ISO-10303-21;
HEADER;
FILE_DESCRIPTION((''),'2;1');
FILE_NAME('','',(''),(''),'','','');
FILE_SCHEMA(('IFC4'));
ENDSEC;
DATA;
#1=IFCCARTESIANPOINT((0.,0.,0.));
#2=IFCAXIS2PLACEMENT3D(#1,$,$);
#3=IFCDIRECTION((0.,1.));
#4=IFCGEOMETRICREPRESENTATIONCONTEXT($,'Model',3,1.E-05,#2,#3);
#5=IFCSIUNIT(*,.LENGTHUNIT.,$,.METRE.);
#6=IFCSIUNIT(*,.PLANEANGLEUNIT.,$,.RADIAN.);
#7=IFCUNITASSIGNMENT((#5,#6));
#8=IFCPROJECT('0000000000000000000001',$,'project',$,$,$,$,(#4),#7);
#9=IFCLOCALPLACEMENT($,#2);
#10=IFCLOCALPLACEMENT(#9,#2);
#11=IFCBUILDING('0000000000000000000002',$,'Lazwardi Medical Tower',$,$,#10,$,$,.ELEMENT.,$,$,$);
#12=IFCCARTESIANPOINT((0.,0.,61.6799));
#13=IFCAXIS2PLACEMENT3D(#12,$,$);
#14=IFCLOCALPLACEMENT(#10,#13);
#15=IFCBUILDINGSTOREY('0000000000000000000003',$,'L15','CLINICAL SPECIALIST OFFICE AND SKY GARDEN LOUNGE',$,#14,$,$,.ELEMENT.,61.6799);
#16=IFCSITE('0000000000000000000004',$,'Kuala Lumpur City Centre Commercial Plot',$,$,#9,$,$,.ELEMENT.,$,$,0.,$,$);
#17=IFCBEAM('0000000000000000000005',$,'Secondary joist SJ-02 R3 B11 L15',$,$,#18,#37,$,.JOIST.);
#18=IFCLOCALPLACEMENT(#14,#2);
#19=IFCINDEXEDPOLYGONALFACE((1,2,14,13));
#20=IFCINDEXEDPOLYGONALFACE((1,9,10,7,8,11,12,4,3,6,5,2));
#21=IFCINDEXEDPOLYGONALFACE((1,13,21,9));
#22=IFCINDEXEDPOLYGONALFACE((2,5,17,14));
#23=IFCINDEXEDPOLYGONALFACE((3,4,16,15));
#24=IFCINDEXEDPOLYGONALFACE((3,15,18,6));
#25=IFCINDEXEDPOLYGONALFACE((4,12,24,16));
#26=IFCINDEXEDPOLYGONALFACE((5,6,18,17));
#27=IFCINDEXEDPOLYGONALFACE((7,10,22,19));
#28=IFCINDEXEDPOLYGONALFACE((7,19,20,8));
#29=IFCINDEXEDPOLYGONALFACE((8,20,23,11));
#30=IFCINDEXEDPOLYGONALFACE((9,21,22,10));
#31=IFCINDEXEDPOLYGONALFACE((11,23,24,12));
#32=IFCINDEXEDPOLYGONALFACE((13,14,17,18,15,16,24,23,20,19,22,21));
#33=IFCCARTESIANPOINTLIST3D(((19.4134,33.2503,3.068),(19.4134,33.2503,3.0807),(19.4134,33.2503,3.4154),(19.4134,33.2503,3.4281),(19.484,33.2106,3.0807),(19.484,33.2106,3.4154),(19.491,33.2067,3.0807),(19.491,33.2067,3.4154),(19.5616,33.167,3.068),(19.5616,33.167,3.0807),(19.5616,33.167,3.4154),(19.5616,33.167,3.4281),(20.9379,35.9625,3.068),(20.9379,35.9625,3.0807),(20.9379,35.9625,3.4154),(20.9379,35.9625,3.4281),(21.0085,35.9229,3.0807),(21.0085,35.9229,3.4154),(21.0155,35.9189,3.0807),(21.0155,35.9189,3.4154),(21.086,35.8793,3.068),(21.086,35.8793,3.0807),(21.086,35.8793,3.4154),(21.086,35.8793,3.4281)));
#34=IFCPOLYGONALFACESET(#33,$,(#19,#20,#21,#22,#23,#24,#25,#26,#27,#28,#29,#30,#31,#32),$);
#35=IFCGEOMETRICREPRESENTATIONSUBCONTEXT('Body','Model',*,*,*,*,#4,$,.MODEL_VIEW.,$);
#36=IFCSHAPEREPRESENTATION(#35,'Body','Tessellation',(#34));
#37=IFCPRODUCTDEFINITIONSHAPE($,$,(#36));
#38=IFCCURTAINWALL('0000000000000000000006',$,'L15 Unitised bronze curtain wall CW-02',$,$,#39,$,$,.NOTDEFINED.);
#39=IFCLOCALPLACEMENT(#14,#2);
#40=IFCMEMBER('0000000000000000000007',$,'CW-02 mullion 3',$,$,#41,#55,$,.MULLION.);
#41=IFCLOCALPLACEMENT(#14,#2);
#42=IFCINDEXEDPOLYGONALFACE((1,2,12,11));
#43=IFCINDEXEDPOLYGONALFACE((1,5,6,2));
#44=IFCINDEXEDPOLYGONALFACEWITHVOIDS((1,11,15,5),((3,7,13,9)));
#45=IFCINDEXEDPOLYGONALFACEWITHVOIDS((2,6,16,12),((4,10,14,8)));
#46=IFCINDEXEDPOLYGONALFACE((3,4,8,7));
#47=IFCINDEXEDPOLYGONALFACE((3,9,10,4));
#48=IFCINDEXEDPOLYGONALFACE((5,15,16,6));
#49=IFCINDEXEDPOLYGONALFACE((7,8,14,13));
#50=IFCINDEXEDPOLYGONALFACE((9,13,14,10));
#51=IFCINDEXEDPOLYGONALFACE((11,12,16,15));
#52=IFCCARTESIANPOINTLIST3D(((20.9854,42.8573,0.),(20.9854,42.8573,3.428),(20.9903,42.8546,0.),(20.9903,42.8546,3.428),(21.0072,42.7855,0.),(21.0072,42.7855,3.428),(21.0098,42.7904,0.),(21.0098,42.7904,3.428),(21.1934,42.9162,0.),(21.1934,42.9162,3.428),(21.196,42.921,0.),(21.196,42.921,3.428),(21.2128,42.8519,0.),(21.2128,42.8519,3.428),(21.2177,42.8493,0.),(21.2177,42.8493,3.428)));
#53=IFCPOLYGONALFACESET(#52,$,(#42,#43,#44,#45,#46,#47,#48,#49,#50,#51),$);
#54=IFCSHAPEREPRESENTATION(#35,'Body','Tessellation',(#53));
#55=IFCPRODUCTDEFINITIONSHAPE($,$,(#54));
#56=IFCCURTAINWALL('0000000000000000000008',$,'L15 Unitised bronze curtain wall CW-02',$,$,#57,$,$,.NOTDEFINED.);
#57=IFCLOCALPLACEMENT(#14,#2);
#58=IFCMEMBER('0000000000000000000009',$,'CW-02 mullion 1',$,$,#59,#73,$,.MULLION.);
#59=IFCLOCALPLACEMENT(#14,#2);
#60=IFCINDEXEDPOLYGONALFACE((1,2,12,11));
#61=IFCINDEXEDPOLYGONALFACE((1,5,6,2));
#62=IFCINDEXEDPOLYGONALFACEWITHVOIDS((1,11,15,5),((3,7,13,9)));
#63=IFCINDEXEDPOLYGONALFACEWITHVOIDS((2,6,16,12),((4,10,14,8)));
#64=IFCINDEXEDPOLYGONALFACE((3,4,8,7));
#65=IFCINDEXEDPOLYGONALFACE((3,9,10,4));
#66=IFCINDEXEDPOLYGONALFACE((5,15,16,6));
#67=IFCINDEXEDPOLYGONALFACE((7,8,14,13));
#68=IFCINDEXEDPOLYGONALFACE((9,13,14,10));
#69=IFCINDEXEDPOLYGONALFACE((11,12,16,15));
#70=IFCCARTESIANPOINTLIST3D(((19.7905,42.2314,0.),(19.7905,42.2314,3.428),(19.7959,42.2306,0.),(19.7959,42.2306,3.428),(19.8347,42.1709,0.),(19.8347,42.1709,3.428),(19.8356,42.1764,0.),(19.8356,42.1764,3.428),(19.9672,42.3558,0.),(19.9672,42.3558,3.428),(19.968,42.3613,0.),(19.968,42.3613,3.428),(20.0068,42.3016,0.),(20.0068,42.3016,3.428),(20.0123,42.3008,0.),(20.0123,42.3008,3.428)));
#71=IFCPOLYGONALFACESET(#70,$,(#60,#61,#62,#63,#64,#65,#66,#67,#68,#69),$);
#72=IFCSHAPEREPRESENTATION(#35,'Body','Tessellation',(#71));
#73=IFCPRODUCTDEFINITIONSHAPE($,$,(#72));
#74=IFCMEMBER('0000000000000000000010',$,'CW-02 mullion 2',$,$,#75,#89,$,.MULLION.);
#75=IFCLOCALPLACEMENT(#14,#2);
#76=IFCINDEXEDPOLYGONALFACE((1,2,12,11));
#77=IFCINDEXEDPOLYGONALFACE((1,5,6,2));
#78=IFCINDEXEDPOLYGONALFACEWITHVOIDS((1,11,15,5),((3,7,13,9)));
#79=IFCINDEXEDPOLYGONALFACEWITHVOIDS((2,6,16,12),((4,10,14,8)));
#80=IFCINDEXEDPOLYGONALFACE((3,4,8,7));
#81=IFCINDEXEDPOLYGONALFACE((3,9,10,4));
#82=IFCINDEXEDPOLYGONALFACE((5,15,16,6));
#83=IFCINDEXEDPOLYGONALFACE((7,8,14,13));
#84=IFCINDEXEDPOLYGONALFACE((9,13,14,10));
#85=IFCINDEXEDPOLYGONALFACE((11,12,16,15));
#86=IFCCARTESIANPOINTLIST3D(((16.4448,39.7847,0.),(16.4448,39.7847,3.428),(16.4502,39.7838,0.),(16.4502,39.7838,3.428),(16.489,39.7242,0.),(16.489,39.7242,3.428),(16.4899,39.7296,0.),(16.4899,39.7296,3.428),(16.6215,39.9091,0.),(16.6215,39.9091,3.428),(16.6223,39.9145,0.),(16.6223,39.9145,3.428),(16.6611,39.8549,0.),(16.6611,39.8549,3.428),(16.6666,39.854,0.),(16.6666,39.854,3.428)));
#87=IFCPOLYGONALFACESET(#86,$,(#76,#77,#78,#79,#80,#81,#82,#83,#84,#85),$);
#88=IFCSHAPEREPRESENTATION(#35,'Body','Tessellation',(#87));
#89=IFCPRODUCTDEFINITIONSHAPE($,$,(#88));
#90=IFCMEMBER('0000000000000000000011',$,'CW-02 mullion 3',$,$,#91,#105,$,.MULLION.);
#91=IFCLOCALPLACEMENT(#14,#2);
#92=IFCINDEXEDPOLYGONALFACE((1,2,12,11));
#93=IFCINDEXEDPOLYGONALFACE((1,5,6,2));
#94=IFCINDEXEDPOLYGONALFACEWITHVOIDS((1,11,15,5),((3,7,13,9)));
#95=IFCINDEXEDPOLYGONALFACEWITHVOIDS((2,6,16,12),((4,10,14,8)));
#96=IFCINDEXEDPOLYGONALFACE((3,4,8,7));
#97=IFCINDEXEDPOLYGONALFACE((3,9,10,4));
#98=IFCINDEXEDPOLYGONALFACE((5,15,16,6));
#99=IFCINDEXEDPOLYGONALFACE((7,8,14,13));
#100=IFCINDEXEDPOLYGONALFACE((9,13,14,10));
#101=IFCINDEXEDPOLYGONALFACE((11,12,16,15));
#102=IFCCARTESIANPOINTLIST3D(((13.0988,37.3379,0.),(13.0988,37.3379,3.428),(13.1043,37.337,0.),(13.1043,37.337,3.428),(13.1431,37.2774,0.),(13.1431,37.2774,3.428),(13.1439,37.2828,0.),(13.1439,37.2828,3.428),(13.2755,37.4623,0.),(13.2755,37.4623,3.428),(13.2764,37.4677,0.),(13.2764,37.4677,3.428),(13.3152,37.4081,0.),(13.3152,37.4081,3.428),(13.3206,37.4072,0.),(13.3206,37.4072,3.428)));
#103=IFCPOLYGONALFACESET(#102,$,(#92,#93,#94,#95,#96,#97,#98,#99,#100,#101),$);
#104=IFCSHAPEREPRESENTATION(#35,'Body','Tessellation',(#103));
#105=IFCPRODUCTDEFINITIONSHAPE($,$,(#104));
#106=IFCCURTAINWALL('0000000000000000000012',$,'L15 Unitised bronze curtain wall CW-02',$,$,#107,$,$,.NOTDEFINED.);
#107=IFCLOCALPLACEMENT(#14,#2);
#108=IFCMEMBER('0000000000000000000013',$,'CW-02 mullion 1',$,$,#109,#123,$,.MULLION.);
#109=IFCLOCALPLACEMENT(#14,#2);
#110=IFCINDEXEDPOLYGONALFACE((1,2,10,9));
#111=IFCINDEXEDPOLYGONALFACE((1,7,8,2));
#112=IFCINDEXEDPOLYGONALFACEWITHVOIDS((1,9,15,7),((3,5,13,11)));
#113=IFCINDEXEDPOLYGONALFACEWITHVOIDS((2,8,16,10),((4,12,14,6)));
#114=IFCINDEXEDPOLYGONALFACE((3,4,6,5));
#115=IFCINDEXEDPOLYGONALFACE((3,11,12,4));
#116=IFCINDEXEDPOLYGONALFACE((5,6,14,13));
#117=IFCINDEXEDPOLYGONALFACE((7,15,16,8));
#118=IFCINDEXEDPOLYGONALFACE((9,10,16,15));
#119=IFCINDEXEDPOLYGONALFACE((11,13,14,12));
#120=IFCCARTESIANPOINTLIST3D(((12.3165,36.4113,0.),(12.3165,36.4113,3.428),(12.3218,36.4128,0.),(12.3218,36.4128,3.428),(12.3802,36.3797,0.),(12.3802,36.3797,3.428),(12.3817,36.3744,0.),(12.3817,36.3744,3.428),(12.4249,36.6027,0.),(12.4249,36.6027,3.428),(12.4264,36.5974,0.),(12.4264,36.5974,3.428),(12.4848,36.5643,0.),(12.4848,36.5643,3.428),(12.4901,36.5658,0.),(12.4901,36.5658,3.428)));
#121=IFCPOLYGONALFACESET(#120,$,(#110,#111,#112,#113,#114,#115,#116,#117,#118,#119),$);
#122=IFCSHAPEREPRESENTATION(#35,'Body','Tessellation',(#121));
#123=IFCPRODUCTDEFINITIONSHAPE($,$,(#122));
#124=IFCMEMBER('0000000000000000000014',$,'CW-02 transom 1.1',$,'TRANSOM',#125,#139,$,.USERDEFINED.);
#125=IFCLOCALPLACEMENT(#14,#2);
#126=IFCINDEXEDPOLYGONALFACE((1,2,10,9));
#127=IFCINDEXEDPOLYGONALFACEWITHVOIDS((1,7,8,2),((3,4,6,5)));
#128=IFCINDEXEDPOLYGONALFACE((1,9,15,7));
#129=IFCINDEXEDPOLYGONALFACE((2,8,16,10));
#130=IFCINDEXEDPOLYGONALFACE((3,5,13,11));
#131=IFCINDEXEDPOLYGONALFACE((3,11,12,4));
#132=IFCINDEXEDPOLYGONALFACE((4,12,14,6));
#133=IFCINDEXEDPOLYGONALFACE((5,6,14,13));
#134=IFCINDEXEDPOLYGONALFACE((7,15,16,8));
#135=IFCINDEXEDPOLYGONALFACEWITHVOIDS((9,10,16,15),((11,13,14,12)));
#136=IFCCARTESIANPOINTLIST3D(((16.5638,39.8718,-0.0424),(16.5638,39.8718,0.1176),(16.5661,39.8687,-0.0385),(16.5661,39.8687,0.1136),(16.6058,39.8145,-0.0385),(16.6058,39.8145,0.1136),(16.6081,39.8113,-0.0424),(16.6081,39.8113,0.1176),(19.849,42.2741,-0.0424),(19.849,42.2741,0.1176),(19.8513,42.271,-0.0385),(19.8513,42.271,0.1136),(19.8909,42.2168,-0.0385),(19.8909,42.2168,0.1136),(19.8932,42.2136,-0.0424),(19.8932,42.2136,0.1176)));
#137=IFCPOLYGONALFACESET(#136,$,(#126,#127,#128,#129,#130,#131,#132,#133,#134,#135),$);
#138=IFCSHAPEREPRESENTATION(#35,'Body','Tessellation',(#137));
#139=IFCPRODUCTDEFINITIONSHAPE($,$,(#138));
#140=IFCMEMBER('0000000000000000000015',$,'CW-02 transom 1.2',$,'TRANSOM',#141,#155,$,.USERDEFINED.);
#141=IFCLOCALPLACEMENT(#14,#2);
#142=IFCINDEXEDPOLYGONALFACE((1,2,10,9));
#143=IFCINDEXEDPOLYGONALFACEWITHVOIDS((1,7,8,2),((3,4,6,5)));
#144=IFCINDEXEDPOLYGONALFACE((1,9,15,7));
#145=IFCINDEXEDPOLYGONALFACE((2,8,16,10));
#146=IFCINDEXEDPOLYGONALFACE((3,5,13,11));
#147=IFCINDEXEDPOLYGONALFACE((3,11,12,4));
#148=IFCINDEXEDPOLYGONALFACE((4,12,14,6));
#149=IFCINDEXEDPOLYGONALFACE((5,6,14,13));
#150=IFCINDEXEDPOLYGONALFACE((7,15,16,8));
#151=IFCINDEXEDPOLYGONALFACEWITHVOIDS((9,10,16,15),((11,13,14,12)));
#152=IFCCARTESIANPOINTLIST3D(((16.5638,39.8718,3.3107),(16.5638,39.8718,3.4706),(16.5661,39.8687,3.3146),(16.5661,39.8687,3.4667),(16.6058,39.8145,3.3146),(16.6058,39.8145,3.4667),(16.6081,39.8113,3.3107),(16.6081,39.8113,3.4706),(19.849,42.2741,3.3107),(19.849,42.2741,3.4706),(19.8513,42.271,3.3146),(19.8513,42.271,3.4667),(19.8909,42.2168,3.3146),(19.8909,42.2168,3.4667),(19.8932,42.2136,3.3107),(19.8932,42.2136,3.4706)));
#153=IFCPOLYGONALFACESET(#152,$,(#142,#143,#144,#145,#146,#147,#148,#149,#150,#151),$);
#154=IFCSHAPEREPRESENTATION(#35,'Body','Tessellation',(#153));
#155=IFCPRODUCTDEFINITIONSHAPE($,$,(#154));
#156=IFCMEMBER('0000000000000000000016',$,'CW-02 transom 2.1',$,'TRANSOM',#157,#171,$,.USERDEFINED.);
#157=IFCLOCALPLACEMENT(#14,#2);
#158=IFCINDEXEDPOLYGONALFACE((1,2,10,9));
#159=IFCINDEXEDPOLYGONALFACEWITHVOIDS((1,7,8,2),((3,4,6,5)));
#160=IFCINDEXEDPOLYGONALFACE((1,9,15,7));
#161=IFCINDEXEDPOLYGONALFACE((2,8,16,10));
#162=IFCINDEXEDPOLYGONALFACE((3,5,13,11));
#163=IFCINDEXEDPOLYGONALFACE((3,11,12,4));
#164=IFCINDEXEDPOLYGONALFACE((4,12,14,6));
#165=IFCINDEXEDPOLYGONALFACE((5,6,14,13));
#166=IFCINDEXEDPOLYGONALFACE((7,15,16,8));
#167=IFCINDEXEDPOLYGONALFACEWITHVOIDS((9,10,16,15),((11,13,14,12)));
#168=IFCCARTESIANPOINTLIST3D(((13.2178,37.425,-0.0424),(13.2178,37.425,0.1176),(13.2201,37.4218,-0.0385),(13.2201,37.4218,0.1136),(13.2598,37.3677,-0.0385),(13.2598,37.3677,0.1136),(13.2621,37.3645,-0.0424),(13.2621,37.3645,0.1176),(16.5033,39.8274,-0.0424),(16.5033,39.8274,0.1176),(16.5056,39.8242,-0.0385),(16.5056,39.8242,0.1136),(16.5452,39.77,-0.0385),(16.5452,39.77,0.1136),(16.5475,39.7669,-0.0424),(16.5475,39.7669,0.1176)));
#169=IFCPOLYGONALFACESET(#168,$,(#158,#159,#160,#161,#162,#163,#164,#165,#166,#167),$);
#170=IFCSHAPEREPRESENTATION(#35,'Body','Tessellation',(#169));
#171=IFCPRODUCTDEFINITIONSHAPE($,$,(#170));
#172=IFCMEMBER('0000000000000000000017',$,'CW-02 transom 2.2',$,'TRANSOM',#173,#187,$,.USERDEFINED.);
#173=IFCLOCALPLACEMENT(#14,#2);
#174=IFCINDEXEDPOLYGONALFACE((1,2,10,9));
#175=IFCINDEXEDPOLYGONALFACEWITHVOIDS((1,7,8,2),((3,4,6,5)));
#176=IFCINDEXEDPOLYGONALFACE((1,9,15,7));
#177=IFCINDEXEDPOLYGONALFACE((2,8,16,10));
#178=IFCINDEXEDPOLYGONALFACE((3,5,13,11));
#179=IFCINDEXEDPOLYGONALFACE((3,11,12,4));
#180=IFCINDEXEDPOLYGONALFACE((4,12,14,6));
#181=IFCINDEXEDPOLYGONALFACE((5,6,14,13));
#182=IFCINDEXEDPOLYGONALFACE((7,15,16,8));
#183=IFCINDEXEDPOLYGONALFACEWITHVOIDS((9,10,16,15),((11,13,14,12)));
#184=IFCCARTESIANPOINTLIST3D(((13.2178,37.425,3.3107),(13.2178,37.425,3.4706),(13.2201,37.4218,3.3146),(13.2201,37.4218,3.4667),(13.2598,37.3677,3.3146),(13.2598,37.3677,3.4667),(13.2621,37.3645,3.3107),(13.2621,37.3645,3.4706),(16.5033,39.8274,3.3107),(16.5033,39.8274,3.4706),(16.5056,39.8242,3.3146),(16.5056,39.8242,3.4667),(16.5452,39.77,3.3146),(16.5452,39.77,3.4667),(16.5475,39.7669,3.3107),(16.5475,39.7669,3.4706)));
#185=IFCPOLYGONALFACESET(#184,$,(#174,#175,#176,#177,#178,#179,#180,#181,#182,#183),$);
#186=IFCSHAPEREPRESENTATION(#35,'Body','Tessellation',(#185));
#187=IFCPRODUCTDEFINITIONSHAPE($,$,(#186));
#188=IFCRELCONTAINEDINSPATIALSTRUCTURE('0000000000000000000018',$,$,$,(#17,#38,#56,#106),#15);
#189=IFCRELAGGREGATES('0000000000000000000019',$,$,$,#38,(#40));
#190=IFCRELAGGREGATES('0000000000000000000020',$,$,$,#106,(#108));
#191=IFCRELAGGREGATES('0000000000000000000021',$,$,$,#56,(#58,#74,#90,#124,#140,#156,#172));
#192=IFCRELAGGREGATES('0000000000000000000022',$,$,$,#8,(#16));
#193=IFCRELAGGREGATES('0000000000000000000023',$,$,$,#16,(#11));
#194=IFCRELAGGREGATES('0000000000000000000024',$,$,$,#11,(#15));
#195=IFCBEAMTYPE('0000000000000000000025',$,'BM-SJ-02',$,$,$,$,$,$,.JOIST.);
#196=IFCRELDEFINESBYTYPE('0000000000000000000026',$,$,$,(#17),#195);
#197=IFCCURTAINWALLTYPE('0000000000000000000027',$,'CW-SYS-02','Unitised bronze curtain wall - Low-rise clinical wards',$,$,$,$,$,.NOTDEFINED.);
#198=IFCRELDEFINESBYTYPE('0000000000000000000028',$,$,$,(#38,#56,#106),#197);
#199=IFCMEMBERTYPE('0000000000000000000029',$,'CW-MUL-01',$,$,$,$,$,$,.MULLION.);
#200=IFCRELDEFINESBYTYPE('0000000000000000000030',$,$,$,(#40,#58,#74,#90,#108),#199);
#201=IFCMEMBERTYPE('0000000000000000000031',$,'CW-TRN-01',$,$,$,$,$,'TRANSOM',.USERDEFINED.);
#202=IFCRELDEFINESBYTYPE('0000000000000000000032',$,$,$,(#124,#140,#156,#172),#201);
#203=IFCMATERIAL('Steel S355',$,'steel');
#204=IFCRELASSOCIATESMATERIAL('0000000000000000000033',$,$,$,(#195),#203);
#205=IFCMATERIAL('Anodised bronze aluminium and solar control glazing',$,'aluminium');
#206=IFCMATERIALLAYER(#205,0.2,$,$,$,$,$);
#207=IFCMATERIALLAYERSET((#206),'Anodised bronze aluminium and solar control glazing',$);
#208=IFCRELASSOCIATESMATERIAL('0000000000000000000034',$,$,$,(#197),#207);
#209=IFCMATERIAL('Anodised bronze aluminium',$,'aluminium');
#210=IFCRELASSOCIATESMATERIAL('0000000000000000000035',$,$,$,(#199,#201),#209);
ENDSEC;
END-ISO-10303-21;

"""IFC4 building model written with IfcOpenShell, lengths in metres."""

from ifc_helpers import new_model, si_unit, direction, frame, origin, origin_2d, place, context, subcontext, project, spatial, hollow_rectangle, i_section, extrude, material, layer, layer_set, material_profile, profile_set, type_object, element, aggregate, save


model = new_model("IFC4")

# Units and contexts
model_context = context("Model", 3, precision=1e-05, world=origin(), true_north=direction((0.0, 1.0)))
body_context = subcontext(model_context, "Body", "Model", "MODEL_VIEW")
ifc_project = project(units=[si_unit("LENGTHUNIT", "METRE"), si_unit("PLANEANGLEUNIT", "RADIAN")], contexts=[model_context])

# Site, building, storey
site_placement = place(None, origin())
site = spatial("IfcSite", under=ifc_project, at=site_placement, Name="Kuala Lumpur City Centre Commercial Plot", CompositionType="ELEMENT", RefElevation=0.0)
building_placement = place(site_placement, origin())
building = spatial("IfcBuilding", under=site, at=building_placement, Name="Lazwardi Medical Tower", CompositionType="ELEMENT")
storey_placement = place(building_placement, frame((0.0, 0.0, 61.6799)))
storey = spatial("IfcBuildingStorey", under=building, at=storey_placement, Name="L15", Description="CLINICAL SPECIALIST OFFICE AND SKY GARDEN LOUNGE", CompositionType="ELEMENT", Elevation=61.6799)

# Beam
ifc_material_1 = material(Name="Steel S355", Category="steel")
ifc_material_profile_1 = material_profile(ifc_material_1, i_section(OverallWidth=0.1699, OverallDepth=0.3601, WebThickness=0.0081, FlangeThickness=0.0127, at=origin_2d()), Name="IPE 360")
ifc_profile_set_1 = profile_set([ifc_material_profile_1], Name="Steel S355")
beam_type_1 = type_object("IfcBeamType", Name="BM-SJ-02", PredefinedType="JOIST", material=ifc_profile_set_1)
beam_1_placement = place(storey_placement, frame((21.012, 35.9209, 3.248), z_axis=(-0.489974, -0.871737, 0.0), x_axis=(0.871737, -0.489974, 0.0)))
element("IfcBeam", 1, at=beam_1_placement, inside=storey, type_object=beam_type_1, Name="Secondary joist SJ-02 R3 B11 L15", PredefinedType="JOIST", context=body_context, shape_type="SweptSolid", body=[
    extrude(i_section(OverallWidth=0.1699, OverallDepth=0.3601, WebThickness=0.0081, FlangeThickness=0.0127, at=origin_2d()), origin(), (0.0, 0.0, 1.0), 3.1113),
])

# Curtain wall, member
ifc_material_2 = material(Name="Anodised bronze aluminium and solar control glazing", Category="aluminium")
ifc_layer_1 = layer(ifc_material_2, 0.2)
ifc_layer_set_1 = layer_set([ifc_layer_1], Name="Anodised bronze aluminium and solar control glazing")
curtain_wall_type = type_object("IfcCurtainWallType", Name="CW-SYS-02", Description="Unitised bronze curtain wall - Low-rise clinical wards", PredefinedType="NOTDEFINED", material=ifc_layer_set_1)
curtain_wall_1_placement = place(storey_placement, origin())
curtain_wall_1 = element("IfcCurtainWall", 2, at=curtain_wall_1_placement, inside=storey, type_object=curtain_wall_type, Name="L15 Unitised bronze curtain wall CW-02", PredefinedType="NOTDEFINED")
ifc_material_3 = material(Name="Anodised bronze aluminium", Category="aluminium")
ifc_material_profile_2 = material_profile(ifc_material_3, hollow_rectangle(XDim=0.075, YDim=0.22, WallThickness=0.0039, at=origin_2d()), Name="ALU-MULLION 220x75x4")
ifc_profile_set_2 = profile_set([ifc_material_profile_2], Name="Anodised bronze aluminium")
member_type_1 = type_object("IfcMemberType", Name="CW-MUL-01", PredefinedType="MULLION", material=ifc_profile_set_2)
member_1_placement = place(storey_placement, frame((21.1016, 42.8533, 0.0), z_axis=(0.0, 0.0, 1.0), x_axis=(0.289896, -0.957058, 0.0)))
member_1 = element("IfcMember", 3, at=member_1_placement, type_object=member_type_1, Name="CW-02 mullion 3", PredefinedType="MULLION", context=body_context, shape_type="SweptSolid", body=[
    extrude(hollow_rectangle(XDim=0.075, YDim=0.22, WallThickness=0.0039, at=origin_2d()), origin(), (0.0, 0.0, 1.0), 3.428),
])
aggregate(curtain_wall_1, [member_1])

# Curtain wall, members
curtain_wall_2_placement = place(storey_placement, origin())
curtain_wall_2 = element("IfcCurtainWall", 4, at=curtain_wall_2_placement, inside=storey, type_object=curtain_wall_type, Name="L15 Unitised bronze curtain wall CW-02", PredefinedType="NOTDEFINED")
member_2_placement = place(storey_placement, frame((19.9014, 42.2661, 0.0), z_axis=(0.0, 0.0, 1.0), x_axis=(0.590289, -0.807192, 0.0)))
member_2 = element("IfcMember", 5, at=member_2_placement, type_object=member_type_1, Name="CW-02 mullion 1", PredefinedType="MULLION", context=body_context, shape_type="SweptSolid", body=[
    extrude(hollow_rectangle(XDim=0.075, YDim=0.22, WallThickness=0.0039, at=origin_2d()), origin(), (0.0, 0.0, 1.0), 3.428),
])
member_3_placement = place(storey_placement, frame((16.5557, 39.8193, 0.0), z_axis=(0.0, 0.0, 1.0), x_axis=(0.590289, -0.807192, 0.0)))
member_3 = element("IfcMember", 6, at=member_3_placement, type_object=member_type_1, Name="CW-02 mullion 2", PredefinedType="MULLION", context=body_context, shape_type="SweptSolid", body=[
    extrude(hollow_rectangle(XDim=0.075, YDim=0.22, WallThickness=0.0039, at=origin_2d()), origin(), (0.0, 0.0, 1.0), 3.428),
])
member_4_placement = place(storey_placement, frame((13.2097, 37.3726, 0.0), z_axis=(0.0, 0.0, 1.0), x_axis=(0.590289, -0.807192, 0.0)))
member_4 = element("IfcMember", 7, at=member_4_placement, type_object=member_type_1, Name="CW-02 mullion 3", PredefinedType="MULLION", context=body_context, shape_type="SweptSolid", body=[
    extrude(hollow_rectangle(XDim=0.075, YDim=0.22, WallThickness=0.0039, at=origin_2d()), origin(), (0.0, 0.0, 1.0), 3.428),
])

# Curtain wall, member
curtain_wall_3_placement = place(storey_placement, origin())
curtain_wall_3 = element("IfcCurtainWall", 8, at=curtain_wall_3_placement, inside=storey, type_object=curtain_wall_type, Name="L15 Unitised bronze curtain wall CW-02", PredefinedType="NOTDEFINED")
member_5_placement = place(storey_placement, frame((12.4033, 36.4885, 0.0), z_axis=(0.0, 0.0, 1.0), x_axis=(0.870112, -0.492854, 0.0)))
member_5 = element("IfcMember", 9, at=member_5_placement, type_object=member_type_1, Name="CW-02 mullion 1", PredefinedType="MULLION", context=body_context, shape_type="SweptSolid", body=[
    extrude(hollow_rectangle(XDim=0.075, YDim=0.22, WallThickness=0.0039, at=origin_2d()), origin(), (0.0, 0.0, 1.0), 3.428),
])

# Members
ifc_material_profile_3 = material_profile(ifc_material_3, hollow_rectangle(XDim=0.075, YDim=0.1599, WallThickness=0.0039, at=origin_2d()), Name="ALU-TRANSOM 160x75x4")
ifc_profile_set_3 = profile_set([ifc_material_profile_3], Name="Anodised bronze aluminium")
member_type_2 = type_object("IfcMemberType", Name="CW-TRN-01", ElementType="TRANSOM", PredefinedType="USERDEFINED", material=ifc_profile_set_3)
member_6_placement = place(storey_placement, frame((19.8711, 42.2439, 0.0376), z_axis=(-0.807198, -0.590281, 0.0), x_axis=(0.590281, -0.807198, 0.0)))
member_6 = element("IfcMember", 10, at=member_6_placement, type_object=member_type_2, Name="CW-02 transom 1.1", ObjectType="TRANSOM", PredefinedType="USERDEFINED", context=body_context, shape_type="SweptSolid", body=[
    extrude(hollow_rectangle(XDim=0.075, YDim=0.1599, WallThickness=0.0039, at=origin_2d()), origin(), (0.0, 0.0, 1.0), 4.0698),
])
member_7_placement = place(storey_placement, frame((19.8711, 42.2439, 3.3906), z_axis=(-0.807198, -0.590281, 0.0), x_axis=(0.590281, -0.807198, 0.0)))
member_7 = element("IfcMember", 11, at=member_7_placement, type_object=member_type_2, Name="CW-02 transom 1.2", ObjectType="TRANSOM", PredefinedType="USERDEFINED", context=body_context, shape_type="SweptSolid", body=[
    extrude(hollow_rectangle(XDim=0.075, YDim=0.1599, WallThickness=0.0039, at=origin_2d()), origin(), (0.0, 0.0, 1.0), 4.0698),
])
member_8_placement = place(storey_placement, frame((16.5254, 39.7971, 0.0376), z_axis=(-0.807219, -0.590253, 0.0), x_axis=(0.590253, -0.807219, 0.0)))
member_8 = element("IfcMember", 12, at=member_8_placement, type_object=member_type_2, Name="CW-02 transom 2.1", ObjectType="TRANSOM", PredefinedType="USERDEFINED", context=body_context, shape_type="SweptSolid", body=[
    extrude(hollow_rectangle(XDim=0.075, YDim=0.1599, WallThickness=0.0039, at=origin_2d()), origin(), (0.0, 0.0, 1.0), 4.0701),
])
member_9_placement = place(storey_placement, frame((16.5254, 39.7971, 3.3906), z_axis=(-0.807219, -0.590253, 0.0), x_axis=(0.590253, -0.807219, 0.0)))
member_9 = element("IfcMember", 13, at=member_9_placement, type_object=member_type_2, Name="CW-02 transom 2.2", ObjectType="TRANSOM", PredefinedType="USERDEFINED", context=body_context, shape_type="SweptSolid", body=[
    extrude(hollow_rectangle(XDim=0.075, YDim=0.1599, WallThickness=0.0039, at=origin_2d()), origin(), (0.0, 0.0, 1.0), 4.0701),
])
aggregate(curtain_wall_3, [member_5])

aggregate(curtain_wall_2, [member_2, member_3, member_4, member_6, member_7, member_8, member_9])

save(model, "model.ifc")
